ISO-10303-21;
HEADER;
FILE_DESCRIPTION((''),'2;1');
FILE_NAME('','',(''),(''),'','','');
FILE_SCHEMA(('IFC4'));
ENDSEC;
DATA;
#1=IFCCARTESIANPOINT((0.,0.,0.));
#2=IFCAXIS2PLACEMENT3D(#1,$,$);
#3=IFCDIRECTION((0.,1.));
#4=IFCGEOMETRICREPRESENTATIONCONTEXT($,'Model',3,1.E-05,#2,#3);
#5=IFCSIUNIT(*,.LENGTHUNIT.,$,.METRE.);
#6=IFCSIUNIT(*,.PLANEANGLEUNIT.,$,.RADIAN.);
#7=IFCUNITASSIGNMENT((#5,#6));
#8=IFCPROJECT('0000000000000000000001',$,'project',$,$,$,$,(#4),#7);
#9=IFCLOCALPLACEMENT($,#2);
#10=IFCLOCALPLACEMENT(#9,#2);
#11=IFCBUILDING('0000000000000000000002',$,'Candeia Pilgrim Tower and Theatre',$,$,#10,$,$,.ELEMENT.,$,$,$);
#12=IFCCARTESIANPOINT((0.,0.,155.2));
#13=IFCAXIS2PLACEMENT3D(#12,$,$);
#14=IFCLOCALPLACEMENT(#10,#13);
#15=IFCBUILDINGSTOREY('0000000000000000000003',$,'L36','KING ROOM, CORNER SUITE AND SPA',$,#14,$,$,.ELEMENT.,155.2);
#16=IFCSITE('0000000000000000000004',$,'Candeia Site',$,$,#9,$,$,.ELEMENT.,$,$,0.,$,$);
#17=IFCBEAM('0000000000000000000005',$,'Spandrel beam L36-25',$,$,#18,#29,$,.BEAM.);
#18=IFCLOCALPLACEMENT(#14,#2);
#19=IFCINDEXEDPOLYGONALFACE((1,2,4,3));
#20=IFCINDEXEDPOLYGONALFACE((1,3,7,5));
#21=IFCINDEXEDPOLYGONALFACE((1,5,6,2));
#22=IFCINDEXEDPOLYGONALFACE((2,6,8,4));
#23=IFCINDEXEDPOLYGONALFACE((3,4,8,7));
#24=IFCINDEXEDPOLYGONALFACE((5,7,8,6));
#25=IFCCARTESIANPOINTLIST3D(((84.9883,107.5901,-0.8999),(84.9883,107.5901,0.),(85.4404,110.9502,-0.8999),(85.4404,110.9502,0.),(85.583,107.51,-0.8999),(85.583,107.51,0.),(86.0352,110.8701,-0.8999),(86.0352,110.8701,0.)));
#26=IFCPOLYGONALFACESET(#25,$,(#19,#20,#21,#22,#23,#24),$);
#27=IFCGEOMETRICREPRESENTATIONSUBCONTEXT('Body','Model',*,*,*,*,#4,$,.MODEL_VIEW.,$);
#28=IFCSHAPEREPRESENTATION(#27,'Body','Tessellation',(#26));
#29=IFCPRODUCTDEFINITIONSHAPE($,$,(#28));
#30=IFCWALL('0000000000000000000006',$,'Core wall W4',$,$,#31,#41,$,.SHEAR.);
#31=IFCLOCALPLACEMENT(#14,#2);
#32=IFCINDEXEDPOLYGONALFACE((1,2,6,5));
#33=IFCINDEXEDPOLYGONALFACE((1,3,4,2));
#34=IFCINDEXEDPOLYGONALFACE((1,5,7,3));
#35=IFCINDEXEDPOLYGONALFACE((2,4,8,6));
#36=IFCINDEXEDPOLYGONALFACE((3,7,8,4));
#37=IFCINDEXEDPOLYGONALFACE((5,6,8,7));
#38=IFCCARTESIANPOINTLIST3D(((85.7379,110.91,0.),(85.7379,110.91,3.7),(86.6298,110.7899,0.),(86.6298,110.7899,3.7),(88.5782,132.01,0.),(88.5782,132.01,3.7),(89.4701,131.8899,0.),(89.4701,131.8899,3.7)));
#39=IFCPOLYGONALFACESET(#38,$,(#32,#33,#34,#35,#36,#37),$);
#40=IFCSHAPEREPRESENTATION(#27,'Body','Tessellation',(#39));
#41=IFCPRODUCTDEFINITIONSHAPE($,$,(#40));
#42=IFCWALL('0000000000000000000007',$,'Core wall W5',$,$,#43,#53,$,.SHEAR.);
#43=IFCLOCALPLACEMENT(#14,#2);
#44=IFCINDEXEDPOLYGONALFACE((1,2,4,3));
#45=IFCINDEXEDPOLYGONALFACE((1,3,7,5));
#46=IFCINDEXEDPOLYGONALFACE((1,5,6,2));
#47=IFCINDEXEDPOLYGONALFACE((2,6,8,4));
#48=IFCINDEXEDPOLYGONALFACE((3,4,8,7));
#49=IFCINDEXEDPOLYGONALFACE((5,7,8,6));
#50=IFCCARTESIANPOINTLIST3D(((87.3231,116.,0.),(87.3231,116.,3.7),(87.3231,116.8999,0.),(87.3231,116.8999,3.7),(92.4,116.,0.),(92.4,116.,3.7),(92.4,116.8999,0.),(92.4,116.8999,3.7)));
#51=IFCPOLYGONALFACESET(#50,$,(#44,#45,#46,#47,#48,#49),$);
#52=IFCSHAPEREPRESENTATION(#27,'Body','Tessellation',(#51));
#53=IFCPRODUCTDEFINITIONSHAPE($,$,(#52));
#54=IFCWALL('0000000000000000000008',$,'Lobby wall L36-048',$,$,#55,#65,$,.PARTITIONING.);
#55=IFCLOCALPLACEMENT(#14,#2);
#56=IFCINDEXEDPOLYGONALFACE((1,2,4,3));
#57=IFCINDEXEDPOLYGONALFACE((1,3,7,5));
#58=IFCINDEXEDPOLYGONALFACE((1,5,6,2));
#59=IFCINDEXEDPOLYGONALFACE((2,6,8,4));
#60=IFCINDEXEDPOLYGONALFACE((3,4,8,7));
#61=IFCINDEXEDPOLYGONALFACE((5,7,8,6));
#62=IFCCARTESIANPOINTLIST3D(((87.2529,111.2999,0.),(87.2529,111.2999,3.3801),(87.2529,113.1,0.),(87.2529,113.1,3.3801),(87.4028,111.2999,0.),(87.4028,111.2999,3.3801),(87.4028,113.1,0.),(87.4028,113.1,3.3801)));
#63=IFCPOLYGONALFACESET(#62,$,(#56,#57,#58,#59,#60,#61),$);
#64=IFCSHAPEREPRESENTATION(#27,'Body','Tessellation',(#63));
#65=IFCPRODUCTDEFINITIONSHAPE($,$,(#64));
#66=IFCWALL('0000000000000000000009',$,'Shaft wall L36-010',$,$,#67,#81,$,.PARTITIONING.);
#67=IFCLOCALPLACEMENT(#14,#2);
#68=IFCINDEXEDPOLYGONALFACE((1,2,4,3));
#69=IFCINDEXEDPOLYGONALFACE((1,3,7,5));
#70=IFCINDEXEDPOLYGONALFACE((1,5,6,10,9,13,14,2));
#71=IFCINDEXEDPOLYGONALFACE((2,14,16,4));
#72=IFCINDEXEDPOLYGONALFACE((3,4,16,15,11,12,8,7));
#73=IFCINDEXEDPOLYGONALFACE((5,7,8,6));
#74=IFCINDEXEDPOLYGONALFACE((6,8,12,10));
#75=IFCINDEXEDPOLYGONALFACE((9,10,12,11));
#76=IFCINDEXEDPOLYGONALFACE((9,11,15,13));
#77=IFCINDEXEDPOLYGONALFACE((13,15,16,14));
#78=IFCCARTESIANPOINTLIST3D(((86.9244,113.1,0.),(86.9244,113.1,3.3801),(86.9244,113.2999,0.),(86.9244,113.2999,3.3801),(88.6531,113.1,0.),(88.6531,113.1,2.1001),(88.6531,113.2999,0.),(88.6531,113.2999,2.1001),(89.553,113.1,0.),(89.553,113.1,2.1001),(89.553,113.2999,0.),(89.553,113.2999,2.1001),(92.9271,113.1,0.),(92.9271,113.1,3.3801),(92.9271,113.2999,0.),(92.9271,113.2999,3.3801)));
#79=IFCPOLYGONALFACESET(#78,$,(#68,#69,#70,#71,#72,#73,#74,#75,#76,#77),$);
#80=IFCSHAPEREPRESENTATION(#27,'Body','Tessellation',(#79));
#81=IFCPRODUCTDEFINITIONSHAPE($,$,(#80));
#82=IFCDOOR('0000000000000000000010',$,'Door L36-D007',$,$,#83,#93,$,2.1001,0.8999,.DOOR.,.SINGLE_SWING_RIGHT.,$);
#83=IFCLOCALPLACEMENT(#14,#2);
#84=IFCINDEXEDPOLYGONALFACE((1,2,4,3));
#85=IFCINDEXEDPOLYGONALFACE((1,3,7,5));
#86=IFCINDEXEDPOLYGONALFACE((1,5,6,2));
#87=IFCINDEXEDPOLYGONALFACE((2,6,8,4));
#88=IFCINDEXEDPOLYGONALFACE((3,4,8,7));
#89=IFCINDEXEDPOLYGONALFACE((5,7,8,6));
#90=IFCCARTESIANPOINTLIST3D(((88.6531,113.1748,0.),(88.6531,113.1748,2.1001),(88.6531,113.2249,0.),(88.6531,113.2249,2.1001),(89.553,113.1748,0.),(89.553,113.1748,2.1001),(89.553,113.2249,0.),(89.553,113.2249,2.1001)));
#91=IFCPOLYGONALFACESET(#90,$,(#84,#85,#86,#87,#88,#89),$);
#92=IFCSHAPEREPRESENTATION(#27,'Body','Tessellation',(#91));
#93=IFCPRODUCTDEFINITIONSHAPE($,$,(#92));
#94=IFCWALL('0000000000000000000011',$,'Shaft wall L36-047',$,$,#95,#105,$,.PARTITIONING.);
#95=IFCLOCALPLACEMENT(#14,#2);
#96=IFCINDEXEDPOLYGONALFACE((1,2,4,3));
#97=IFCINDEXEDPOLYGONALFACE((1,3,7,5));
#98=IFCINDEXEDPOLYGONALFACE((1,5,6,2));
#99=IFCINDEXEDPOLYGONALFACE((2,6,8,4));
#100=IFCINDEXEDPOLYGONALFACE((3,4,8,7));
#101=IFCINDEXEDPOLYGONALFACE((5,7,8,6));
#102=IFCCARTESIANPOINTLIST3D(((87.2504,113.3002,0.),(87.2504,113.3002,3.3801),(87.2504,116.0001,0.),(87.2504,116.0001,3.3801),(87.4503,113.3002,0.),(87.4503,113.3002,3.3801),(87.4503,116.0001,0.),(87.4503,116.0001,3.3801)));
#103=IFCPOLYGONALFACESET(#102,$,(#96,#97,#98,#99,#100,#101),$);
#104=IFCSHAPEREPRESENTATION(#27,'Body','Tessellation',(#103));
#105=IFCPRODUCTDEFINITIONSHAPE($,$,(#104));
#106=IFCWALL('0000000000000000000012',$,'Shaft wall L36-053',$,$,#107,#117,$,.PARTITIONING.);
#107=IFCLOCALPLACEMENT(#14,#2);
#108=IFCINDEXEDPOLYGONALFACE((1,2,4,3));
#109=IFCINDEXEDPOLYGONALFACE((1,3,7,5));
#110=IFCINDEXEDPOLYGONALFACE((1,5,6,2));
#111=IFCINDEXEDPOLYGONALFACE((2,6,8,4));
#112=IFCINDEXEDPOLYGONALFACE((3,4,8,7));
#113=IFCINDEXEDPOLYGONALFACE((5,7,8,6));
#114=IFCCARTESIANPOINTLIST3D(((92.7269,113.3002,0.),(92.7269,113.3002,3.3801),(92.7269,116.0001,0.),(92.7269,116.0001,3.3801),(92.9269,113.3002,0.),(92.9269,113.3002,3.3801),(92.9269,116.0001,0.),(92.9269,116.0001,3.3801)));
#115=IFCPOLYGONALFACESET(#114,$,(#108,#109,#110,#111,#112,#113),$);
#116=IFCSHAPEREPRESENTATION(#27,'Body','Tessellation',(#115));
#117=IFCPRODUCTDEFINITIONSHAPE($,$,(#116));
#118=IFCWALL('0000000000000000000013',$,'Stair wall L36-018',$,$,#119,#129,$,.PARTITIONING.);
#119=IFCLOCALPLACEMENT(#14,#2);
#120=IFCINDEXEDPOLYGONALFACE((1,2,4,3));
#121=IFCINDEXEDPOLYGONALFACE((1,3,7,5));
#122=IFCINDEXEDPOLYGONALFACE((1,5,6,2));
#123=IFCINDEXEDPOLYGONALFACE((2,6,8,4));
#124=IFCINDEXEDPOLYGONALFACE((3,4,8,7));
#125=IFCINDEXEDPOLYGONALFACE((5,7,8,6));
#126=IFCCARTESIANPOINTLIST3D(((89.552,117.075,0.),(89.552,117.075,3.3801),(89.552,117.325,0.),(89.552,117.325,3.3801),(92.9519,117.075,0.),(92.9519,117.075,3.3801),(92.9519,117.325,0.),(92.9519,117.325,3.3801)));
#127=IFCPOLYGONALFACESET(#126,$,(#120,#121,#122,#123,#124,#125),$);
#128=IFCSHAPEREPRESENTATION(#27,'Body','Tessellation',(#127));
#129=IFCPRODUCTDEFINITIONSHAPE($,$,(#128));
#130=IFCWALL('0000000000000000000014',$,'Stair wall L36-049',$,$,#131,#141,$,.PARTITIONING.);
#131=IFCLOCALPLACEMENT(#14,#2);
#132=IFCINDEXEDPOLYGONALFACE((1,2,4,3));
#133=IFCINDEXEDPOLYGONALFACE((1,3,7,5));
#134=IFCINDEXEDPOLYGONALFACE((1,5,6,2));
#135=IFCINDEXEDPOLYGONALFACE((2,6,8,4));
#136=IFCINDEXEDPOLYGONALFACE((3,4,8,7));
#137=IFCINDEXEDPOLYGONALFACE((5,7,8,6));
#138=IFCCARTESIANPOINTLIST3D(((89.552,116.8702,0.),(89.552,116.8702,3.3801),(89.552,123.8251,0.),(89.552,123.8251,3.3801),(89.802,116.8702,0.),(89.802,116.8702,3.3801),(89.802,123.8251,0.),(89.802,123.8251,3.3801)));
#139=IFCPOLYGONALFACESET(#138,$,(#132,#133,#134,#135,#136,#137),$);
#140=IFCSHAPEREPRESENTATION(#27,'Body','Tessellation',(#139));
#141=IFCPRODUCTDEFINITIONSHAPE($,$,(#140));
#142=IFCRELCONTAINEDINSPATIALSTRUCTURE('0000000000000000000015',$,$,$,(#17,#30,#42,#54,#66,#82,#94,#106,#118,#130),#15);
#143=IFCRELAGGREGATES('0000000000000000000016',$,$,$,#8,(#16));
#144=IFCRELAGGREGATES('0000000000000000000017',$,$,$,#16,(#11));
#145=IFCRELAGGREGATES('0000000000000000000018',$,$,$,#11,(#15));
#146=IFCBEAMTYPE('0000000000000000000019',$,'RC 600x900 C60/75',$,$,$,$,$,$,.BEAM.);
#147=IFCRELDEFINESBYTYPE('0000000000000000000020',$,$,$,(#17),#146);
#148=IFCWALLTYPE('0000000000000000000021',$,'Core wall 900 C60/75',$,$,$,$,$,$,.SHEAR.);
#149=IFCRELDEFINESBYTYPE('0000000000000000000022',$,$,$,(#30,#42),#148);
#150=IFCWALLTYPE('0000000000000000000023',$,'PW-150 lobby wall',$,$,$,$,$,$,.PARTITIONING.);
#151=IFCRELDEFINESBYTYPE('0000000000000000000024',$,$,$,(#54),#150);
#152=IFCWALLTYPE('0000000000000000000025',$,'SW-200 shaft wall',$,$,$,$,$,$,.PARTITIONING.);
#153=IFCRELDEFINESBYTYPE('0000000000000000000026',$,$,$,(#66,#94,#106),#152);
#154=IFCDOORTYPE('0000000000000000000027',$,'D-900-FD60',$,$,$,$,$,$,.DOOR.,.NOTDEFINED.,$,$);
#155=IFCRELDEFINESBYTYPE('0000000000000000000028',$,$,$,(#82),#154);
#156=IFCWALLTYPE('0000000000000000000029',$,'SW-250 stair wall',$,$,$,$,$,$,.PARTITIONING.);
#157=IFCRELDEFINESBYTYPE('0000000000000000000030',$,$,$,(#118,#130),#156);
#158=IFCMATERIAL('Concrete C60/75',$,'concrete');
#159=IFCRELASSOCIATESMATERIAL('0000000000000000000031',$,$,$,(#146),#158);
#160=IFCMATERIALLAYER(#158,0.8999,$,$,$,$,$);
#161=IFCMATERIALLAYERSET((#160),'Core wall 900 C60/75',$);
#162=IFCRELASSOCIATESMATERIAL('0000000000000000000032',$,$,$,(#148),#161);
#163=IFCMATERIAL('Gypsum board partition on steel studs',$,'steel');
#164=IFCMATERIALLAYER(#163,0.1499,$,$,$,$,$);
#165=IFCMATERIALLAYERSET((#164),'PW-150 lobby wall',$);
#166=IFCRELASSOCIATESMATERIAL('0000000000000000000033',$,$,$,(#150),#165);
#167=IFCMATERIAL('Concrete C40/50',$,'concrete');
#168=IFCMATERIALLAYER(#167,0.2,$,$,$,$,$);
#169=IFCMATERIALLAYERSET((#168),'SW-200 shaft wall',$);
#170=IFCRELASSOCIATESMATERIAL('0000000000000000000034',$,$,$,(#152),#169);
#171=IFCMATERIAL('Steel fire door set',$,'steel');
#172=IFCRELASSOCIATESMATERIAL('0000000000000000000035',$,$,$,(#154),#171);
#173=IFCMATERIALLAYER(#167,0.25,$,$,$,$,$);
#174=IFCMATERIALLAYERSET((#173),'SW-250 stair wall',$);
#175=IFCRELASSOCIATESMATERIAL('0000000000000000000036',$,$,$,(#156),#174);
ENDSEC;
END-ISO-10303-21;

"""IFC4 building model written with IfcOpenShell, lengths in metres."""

from ifc_helpers import new_model, si_unit, direction, frame, frame_2d, origin, origin_2d, place, context, subcontext, project, spatial, rectangle, extrude, material, layer, layer_set, material_profile, profile_set, type_object, element, fill, save


model = new_model("IFC4")

# Units and contexts
model_context = context("Model", 3, precision=1e-05, world=origin(), true_north=direction((0.0, 1.0)))
body_context = subcontext(model_context, "Body", "Model", "MODEL_VIEW")
ifc_project = project(units=[si_unit("LENGTHUNIT", "METRE"), si_unit("PLANEANGLEUNIT", "RADIAN")], contexts=[model_context])

# Site, building, storey
site_placement = place(None, origin())
site = spatial("IfcSite", under=ifc_project, at=site_placement, Name="Candeia Site", CompositionType="ELEMENT", RefElevation=0.0)
building_placement = place(site_placement, origin())
building = spatial("IfcBuilding", under=site, at=building_placement, Name="Candeia Pilgrim Tower and Theatre", CompositionType="ELEMENT")
storey_placement = place(building_placement, frame((0.0, 0.0, 155.2)))
storey = spatial("IfcBuildingStorey", under=building, at=storey_placement, Name="L36", Description="KING ROOM, CORNER SUITE AND SPA", CompositionType="ELEMENT", Elevation=155.2)

# Beam
ifc_material_1 = material(Name="Concrete C60/75", Category="concrete")
ifc_material_profile = material_profile(ifc_material_1, rectangle(XDim=0.6001, YDim=0.8999, at=origin_2d()))
ifc_profile_set = profile_set([ifc_material_profile], Name="Concrete C60/75")
beam_type = type_object("IfcBeamType", Name="RC 600x900 C60/75", PredefinedType="BEAM", material=ifc_profile_set)
beam_placement = place(storey_placement, frame((85.7378, 110.9102, -0.45), z_axis=(-0.133362, -0.991067, 0.0), x_axis=(0.991067, -0.133362, 0.0)))
element("IfcBeam", 1, at=beam_placement, inside=storey, type_object=beam_type, Name="Spandrel beam L36-25", PredefinedType="BEAM", context=body_context, shape_type="SweptSolid", body=[
    extrude(rectangle(XDim=0.6001, YDim=0.8999, at=origin_2d()), origin(), (0.0, 0.0, 1.0), 3.3904),
])

# Walls
ifc_layer_1 = layer(ifc_material_1, 0.8999)
ifc_layer_set_1 = layer_set([ifc_layer_1], Name="Core wall 900 C60/75")
wall_type_1 = type_object("IfcWallType", Name="Core wall 900 C60/75", PredefinedType="SHEAR", material=ifc_layer_set_1)
wall_1_placement = place(storey_placement, frame((86.1838, 110.8501, 0.0), z_axis=(0.0, 0.0, 1.0), x_axis=(0.13341, 0.991061, 0.0)))
element("IfcWall", 2, at=wall_1_placement, inside=storey, type_object=wall_type_1, Name="Core wall W4", PredefinedType="SHEAR", context=body_context, shape_type="SweptSolid", body=[
    extrude(rectangle(XDim=21.2903, YDim=0.8999, at=frame_2d((10.645, 0.0))), origin(), (0.0, 0.0, 1.0), 3.7),
])
wall_2_placement = place(storey_placement, frame((87.323, 116.45, 0.0), z_axis=(0.0, 0.0, 1.0), x_axis=(1.0, 0.0, 0.0)))
element("IfcWall", 3, at=wall_2_placement, inside=storey, type_object=wall_type_1, Name="Core wall W5", PredefinedType="SHEAR", context=body_context, shape_type="SweptSolid", body=[
    extrude(rectangle(XDim=5.0769, YDim=0.8999, at=frame_2d((2.5386, 0.0))), origin(), (0.0, 0.0, 1.0), 3.7),
])
ifc_material_2 = material(Name="Gypsum board partition on steel studs", Category="steel")
ifc_layer_2 = layer(ifc_material_2, 0.1499)
ifc_layer_set_2 = layer_set([ifc_layer_2], Name="PW-150 lobby wall")
wall_type_2 = type_object("IfcWallType", Name="PW-150 lobby wall", PredefinedType="PARTITIONING", material=ifc_layer_set_2)
wall_3_placement = place(storey_placement, frame((87.3279, 111.3, 0.0), z_axis=(0.0, 0.0, 1.0), x_axis=(0.0, 1.0, 0.0)))
element("IfcWall", 4, at=wall_3_placement, inside=storey, type_object=wall_type_2, Name="Lobby wall L36-048", PredefinedType="PARTITIONING", context=body_context, shape_type="SweptSolid", body=[
    extrude(rectangle(XDim=1.8, YDim=0.1499, at=frame_2d((0.8999, 0.0))), origin(), (0.0, 0.0, 1.0), 3.3801),
])

# Wall, opening, door
ifc_material_3 = material(Name="Concrete C40/50", Category="concrete")
ifc_layer_3 = layer(ifc_material_3, 0.2)
ifc_layer_set_3 = layer_set([ifc_layer_3], Name="SW-200 shaft wall")
wall_type_3 = type_object("IfcWallType", Name="SW-200 shaft wall", PredefinedType="PARTITIONING", material=ifc_layer_set_3)
wall_4_placement = place(storey_placement, frame((86.9243, 113.2, 0.0), z_axis=(0.0, 0.0, 1.0), x_axis=(1.0, 0.0, 0.0)))
wall_4 = element("IfcWall", 5, at=wall_4_placement, inside=storey, type_object=wall_type_3, Name="Shaft wall L36-010", PredefinedType="PARTITIONING", context=body_context, shape_type="SweptSolid", body=[
    extrude(rectangle(XDim=6.0027, YDim=0.2, at=frame_2d((3.0015, 0.0))), origin(), (0.0, 0.0, 1.0), 3.3801),
])
opening_placement = place(wall_4_placement, frame((1.7288, 0.0, 0.0)))
opening = element("IfcOpeningElement", 6, at=opening_placement, cuts=wall_4, PredefinedType="OPENING", context=body_context, shape_type="SweptSolid", body=[
    extrude(rectangle(XDim=0.8999, YDim=2.1001, at=frame_2d((0.45, 1.05))), frame((0.0, 0.1099, 0.0), z_axis=(0.0, -1.0, 0.0), x_axis=(1.0, 0.0, 0.0)), (0.0, 0.0, 1.0), 0.22),
])
ifc_material_4 = material(Name="Steel fire door set", Category="steel")
door_type = type_object("IfcDoorType", Name="D-900-FD60", OperationType="NOTDEFINED", PredefinedType="DOOR", material=ifc_material_4)
door_placement = place(opening_placement, origin())
door = element("IfcDoor", 7, at=door_placement, inside=storey, type_object=door_type, Name="Door L36-D007", OperationType="SINGLE_SWING_RIGHT", OverallHeight=2.1001, OverallWidth=0.8999, PredefinedType="DOOR", context=body_context, shape_type="SweptSolid", body=[
    extrude(rectangle(XDim=0.8999, YDim=2.1001, at=frame_2d((0.45, 1.05))), frame((0.0, 0.0249, 0.0), z_axis=(0.0, -1.0, 0.0), x_axis=(1.0, 0.0, 0.0)), (0.0, 0.0, 1.0), 0.05),
])
fill(opening, door)

# Walls
for number, where, z_axis, x_axis, name in (
    (8, (87.3503, 113.3, 0.0), (0.0, 0.0, 1.0), (0.0, 1.0, 0.0), "Shaft wall L36-047"),
    (9, (92.8269, 113.3, 0.0), (0.0, 0.0, 1.0), (0.0, 1.0, 0.0), "Shaft wall L36-053"),
):
    element("IfcWall", number, at=place(storey_placement, frame(where, z_axis=z_axis, x_axis=x_axis)), inside=storey, type_object=wall_type_3, Name=name, PredefinedType="PARTITIONING", context=body_context, shape_type="SweptSolid", body=[
        extrude(rectangle(XDim=2.7, YDim=0.2, at=frame_2d((1.3501, 0.0))), origin(), (0.0, 0.0, 1.0), 3.3801),
    ])
ifc_layer_4 = layer(ifc_material_3, 0.25)
ifc_layer_set_4 = layer_set([ifc_layer_4], Name="SW-250 stair wall")
wall_type_4 = type_object("IfcWallType", Name="SW-250 stair wall", PredefinedType="PARTITIONING", material=ifc_layer_set_4)
wall_5_placement = place(storey_placement, frame((89.552, 117.2, 0.0), z_axis=(0.0, 0.0, 1.0), x_axis=(1.0, 0.0, 0.0)))
element("IfcWall", 10, at=wall_5_placement, inside=storey, type_object=wall_type_4, Name="Stair wall L36-018", PredefinedType="PARTITIONING", context=body_context, shape_type="SweptSolid", body=[
    extrude(rectangle(XDim=3.3999, YDim=0.25, at=frame_2d((1.7, 0.0))), origin(), (0.0, 0.0, 1.0), 3.3801),
])
wall_6_placement = place(storey_placement, frame((89.677, 116.8701, 0.0), z_axis=(0.0, 0.0, 1.0), x_axis=(0.0, 1.0, 0.0)))
element("IfcWall", 11, at=wall_6_placement, inside=storey, type_object=wall_type_4, Name="Stair wall L36-049", PredefinedType="PARTITIONING", context=body_context, shape_type="SweptSolid", body=[
    extrude(rectangle(XDim=6.9548, YDim=0.25, at=frame_2d((3.4775, 0.0))), origin(), (0.0, 0.0, 1.0), 3.3801),
])

save(model, "model.ifc")
